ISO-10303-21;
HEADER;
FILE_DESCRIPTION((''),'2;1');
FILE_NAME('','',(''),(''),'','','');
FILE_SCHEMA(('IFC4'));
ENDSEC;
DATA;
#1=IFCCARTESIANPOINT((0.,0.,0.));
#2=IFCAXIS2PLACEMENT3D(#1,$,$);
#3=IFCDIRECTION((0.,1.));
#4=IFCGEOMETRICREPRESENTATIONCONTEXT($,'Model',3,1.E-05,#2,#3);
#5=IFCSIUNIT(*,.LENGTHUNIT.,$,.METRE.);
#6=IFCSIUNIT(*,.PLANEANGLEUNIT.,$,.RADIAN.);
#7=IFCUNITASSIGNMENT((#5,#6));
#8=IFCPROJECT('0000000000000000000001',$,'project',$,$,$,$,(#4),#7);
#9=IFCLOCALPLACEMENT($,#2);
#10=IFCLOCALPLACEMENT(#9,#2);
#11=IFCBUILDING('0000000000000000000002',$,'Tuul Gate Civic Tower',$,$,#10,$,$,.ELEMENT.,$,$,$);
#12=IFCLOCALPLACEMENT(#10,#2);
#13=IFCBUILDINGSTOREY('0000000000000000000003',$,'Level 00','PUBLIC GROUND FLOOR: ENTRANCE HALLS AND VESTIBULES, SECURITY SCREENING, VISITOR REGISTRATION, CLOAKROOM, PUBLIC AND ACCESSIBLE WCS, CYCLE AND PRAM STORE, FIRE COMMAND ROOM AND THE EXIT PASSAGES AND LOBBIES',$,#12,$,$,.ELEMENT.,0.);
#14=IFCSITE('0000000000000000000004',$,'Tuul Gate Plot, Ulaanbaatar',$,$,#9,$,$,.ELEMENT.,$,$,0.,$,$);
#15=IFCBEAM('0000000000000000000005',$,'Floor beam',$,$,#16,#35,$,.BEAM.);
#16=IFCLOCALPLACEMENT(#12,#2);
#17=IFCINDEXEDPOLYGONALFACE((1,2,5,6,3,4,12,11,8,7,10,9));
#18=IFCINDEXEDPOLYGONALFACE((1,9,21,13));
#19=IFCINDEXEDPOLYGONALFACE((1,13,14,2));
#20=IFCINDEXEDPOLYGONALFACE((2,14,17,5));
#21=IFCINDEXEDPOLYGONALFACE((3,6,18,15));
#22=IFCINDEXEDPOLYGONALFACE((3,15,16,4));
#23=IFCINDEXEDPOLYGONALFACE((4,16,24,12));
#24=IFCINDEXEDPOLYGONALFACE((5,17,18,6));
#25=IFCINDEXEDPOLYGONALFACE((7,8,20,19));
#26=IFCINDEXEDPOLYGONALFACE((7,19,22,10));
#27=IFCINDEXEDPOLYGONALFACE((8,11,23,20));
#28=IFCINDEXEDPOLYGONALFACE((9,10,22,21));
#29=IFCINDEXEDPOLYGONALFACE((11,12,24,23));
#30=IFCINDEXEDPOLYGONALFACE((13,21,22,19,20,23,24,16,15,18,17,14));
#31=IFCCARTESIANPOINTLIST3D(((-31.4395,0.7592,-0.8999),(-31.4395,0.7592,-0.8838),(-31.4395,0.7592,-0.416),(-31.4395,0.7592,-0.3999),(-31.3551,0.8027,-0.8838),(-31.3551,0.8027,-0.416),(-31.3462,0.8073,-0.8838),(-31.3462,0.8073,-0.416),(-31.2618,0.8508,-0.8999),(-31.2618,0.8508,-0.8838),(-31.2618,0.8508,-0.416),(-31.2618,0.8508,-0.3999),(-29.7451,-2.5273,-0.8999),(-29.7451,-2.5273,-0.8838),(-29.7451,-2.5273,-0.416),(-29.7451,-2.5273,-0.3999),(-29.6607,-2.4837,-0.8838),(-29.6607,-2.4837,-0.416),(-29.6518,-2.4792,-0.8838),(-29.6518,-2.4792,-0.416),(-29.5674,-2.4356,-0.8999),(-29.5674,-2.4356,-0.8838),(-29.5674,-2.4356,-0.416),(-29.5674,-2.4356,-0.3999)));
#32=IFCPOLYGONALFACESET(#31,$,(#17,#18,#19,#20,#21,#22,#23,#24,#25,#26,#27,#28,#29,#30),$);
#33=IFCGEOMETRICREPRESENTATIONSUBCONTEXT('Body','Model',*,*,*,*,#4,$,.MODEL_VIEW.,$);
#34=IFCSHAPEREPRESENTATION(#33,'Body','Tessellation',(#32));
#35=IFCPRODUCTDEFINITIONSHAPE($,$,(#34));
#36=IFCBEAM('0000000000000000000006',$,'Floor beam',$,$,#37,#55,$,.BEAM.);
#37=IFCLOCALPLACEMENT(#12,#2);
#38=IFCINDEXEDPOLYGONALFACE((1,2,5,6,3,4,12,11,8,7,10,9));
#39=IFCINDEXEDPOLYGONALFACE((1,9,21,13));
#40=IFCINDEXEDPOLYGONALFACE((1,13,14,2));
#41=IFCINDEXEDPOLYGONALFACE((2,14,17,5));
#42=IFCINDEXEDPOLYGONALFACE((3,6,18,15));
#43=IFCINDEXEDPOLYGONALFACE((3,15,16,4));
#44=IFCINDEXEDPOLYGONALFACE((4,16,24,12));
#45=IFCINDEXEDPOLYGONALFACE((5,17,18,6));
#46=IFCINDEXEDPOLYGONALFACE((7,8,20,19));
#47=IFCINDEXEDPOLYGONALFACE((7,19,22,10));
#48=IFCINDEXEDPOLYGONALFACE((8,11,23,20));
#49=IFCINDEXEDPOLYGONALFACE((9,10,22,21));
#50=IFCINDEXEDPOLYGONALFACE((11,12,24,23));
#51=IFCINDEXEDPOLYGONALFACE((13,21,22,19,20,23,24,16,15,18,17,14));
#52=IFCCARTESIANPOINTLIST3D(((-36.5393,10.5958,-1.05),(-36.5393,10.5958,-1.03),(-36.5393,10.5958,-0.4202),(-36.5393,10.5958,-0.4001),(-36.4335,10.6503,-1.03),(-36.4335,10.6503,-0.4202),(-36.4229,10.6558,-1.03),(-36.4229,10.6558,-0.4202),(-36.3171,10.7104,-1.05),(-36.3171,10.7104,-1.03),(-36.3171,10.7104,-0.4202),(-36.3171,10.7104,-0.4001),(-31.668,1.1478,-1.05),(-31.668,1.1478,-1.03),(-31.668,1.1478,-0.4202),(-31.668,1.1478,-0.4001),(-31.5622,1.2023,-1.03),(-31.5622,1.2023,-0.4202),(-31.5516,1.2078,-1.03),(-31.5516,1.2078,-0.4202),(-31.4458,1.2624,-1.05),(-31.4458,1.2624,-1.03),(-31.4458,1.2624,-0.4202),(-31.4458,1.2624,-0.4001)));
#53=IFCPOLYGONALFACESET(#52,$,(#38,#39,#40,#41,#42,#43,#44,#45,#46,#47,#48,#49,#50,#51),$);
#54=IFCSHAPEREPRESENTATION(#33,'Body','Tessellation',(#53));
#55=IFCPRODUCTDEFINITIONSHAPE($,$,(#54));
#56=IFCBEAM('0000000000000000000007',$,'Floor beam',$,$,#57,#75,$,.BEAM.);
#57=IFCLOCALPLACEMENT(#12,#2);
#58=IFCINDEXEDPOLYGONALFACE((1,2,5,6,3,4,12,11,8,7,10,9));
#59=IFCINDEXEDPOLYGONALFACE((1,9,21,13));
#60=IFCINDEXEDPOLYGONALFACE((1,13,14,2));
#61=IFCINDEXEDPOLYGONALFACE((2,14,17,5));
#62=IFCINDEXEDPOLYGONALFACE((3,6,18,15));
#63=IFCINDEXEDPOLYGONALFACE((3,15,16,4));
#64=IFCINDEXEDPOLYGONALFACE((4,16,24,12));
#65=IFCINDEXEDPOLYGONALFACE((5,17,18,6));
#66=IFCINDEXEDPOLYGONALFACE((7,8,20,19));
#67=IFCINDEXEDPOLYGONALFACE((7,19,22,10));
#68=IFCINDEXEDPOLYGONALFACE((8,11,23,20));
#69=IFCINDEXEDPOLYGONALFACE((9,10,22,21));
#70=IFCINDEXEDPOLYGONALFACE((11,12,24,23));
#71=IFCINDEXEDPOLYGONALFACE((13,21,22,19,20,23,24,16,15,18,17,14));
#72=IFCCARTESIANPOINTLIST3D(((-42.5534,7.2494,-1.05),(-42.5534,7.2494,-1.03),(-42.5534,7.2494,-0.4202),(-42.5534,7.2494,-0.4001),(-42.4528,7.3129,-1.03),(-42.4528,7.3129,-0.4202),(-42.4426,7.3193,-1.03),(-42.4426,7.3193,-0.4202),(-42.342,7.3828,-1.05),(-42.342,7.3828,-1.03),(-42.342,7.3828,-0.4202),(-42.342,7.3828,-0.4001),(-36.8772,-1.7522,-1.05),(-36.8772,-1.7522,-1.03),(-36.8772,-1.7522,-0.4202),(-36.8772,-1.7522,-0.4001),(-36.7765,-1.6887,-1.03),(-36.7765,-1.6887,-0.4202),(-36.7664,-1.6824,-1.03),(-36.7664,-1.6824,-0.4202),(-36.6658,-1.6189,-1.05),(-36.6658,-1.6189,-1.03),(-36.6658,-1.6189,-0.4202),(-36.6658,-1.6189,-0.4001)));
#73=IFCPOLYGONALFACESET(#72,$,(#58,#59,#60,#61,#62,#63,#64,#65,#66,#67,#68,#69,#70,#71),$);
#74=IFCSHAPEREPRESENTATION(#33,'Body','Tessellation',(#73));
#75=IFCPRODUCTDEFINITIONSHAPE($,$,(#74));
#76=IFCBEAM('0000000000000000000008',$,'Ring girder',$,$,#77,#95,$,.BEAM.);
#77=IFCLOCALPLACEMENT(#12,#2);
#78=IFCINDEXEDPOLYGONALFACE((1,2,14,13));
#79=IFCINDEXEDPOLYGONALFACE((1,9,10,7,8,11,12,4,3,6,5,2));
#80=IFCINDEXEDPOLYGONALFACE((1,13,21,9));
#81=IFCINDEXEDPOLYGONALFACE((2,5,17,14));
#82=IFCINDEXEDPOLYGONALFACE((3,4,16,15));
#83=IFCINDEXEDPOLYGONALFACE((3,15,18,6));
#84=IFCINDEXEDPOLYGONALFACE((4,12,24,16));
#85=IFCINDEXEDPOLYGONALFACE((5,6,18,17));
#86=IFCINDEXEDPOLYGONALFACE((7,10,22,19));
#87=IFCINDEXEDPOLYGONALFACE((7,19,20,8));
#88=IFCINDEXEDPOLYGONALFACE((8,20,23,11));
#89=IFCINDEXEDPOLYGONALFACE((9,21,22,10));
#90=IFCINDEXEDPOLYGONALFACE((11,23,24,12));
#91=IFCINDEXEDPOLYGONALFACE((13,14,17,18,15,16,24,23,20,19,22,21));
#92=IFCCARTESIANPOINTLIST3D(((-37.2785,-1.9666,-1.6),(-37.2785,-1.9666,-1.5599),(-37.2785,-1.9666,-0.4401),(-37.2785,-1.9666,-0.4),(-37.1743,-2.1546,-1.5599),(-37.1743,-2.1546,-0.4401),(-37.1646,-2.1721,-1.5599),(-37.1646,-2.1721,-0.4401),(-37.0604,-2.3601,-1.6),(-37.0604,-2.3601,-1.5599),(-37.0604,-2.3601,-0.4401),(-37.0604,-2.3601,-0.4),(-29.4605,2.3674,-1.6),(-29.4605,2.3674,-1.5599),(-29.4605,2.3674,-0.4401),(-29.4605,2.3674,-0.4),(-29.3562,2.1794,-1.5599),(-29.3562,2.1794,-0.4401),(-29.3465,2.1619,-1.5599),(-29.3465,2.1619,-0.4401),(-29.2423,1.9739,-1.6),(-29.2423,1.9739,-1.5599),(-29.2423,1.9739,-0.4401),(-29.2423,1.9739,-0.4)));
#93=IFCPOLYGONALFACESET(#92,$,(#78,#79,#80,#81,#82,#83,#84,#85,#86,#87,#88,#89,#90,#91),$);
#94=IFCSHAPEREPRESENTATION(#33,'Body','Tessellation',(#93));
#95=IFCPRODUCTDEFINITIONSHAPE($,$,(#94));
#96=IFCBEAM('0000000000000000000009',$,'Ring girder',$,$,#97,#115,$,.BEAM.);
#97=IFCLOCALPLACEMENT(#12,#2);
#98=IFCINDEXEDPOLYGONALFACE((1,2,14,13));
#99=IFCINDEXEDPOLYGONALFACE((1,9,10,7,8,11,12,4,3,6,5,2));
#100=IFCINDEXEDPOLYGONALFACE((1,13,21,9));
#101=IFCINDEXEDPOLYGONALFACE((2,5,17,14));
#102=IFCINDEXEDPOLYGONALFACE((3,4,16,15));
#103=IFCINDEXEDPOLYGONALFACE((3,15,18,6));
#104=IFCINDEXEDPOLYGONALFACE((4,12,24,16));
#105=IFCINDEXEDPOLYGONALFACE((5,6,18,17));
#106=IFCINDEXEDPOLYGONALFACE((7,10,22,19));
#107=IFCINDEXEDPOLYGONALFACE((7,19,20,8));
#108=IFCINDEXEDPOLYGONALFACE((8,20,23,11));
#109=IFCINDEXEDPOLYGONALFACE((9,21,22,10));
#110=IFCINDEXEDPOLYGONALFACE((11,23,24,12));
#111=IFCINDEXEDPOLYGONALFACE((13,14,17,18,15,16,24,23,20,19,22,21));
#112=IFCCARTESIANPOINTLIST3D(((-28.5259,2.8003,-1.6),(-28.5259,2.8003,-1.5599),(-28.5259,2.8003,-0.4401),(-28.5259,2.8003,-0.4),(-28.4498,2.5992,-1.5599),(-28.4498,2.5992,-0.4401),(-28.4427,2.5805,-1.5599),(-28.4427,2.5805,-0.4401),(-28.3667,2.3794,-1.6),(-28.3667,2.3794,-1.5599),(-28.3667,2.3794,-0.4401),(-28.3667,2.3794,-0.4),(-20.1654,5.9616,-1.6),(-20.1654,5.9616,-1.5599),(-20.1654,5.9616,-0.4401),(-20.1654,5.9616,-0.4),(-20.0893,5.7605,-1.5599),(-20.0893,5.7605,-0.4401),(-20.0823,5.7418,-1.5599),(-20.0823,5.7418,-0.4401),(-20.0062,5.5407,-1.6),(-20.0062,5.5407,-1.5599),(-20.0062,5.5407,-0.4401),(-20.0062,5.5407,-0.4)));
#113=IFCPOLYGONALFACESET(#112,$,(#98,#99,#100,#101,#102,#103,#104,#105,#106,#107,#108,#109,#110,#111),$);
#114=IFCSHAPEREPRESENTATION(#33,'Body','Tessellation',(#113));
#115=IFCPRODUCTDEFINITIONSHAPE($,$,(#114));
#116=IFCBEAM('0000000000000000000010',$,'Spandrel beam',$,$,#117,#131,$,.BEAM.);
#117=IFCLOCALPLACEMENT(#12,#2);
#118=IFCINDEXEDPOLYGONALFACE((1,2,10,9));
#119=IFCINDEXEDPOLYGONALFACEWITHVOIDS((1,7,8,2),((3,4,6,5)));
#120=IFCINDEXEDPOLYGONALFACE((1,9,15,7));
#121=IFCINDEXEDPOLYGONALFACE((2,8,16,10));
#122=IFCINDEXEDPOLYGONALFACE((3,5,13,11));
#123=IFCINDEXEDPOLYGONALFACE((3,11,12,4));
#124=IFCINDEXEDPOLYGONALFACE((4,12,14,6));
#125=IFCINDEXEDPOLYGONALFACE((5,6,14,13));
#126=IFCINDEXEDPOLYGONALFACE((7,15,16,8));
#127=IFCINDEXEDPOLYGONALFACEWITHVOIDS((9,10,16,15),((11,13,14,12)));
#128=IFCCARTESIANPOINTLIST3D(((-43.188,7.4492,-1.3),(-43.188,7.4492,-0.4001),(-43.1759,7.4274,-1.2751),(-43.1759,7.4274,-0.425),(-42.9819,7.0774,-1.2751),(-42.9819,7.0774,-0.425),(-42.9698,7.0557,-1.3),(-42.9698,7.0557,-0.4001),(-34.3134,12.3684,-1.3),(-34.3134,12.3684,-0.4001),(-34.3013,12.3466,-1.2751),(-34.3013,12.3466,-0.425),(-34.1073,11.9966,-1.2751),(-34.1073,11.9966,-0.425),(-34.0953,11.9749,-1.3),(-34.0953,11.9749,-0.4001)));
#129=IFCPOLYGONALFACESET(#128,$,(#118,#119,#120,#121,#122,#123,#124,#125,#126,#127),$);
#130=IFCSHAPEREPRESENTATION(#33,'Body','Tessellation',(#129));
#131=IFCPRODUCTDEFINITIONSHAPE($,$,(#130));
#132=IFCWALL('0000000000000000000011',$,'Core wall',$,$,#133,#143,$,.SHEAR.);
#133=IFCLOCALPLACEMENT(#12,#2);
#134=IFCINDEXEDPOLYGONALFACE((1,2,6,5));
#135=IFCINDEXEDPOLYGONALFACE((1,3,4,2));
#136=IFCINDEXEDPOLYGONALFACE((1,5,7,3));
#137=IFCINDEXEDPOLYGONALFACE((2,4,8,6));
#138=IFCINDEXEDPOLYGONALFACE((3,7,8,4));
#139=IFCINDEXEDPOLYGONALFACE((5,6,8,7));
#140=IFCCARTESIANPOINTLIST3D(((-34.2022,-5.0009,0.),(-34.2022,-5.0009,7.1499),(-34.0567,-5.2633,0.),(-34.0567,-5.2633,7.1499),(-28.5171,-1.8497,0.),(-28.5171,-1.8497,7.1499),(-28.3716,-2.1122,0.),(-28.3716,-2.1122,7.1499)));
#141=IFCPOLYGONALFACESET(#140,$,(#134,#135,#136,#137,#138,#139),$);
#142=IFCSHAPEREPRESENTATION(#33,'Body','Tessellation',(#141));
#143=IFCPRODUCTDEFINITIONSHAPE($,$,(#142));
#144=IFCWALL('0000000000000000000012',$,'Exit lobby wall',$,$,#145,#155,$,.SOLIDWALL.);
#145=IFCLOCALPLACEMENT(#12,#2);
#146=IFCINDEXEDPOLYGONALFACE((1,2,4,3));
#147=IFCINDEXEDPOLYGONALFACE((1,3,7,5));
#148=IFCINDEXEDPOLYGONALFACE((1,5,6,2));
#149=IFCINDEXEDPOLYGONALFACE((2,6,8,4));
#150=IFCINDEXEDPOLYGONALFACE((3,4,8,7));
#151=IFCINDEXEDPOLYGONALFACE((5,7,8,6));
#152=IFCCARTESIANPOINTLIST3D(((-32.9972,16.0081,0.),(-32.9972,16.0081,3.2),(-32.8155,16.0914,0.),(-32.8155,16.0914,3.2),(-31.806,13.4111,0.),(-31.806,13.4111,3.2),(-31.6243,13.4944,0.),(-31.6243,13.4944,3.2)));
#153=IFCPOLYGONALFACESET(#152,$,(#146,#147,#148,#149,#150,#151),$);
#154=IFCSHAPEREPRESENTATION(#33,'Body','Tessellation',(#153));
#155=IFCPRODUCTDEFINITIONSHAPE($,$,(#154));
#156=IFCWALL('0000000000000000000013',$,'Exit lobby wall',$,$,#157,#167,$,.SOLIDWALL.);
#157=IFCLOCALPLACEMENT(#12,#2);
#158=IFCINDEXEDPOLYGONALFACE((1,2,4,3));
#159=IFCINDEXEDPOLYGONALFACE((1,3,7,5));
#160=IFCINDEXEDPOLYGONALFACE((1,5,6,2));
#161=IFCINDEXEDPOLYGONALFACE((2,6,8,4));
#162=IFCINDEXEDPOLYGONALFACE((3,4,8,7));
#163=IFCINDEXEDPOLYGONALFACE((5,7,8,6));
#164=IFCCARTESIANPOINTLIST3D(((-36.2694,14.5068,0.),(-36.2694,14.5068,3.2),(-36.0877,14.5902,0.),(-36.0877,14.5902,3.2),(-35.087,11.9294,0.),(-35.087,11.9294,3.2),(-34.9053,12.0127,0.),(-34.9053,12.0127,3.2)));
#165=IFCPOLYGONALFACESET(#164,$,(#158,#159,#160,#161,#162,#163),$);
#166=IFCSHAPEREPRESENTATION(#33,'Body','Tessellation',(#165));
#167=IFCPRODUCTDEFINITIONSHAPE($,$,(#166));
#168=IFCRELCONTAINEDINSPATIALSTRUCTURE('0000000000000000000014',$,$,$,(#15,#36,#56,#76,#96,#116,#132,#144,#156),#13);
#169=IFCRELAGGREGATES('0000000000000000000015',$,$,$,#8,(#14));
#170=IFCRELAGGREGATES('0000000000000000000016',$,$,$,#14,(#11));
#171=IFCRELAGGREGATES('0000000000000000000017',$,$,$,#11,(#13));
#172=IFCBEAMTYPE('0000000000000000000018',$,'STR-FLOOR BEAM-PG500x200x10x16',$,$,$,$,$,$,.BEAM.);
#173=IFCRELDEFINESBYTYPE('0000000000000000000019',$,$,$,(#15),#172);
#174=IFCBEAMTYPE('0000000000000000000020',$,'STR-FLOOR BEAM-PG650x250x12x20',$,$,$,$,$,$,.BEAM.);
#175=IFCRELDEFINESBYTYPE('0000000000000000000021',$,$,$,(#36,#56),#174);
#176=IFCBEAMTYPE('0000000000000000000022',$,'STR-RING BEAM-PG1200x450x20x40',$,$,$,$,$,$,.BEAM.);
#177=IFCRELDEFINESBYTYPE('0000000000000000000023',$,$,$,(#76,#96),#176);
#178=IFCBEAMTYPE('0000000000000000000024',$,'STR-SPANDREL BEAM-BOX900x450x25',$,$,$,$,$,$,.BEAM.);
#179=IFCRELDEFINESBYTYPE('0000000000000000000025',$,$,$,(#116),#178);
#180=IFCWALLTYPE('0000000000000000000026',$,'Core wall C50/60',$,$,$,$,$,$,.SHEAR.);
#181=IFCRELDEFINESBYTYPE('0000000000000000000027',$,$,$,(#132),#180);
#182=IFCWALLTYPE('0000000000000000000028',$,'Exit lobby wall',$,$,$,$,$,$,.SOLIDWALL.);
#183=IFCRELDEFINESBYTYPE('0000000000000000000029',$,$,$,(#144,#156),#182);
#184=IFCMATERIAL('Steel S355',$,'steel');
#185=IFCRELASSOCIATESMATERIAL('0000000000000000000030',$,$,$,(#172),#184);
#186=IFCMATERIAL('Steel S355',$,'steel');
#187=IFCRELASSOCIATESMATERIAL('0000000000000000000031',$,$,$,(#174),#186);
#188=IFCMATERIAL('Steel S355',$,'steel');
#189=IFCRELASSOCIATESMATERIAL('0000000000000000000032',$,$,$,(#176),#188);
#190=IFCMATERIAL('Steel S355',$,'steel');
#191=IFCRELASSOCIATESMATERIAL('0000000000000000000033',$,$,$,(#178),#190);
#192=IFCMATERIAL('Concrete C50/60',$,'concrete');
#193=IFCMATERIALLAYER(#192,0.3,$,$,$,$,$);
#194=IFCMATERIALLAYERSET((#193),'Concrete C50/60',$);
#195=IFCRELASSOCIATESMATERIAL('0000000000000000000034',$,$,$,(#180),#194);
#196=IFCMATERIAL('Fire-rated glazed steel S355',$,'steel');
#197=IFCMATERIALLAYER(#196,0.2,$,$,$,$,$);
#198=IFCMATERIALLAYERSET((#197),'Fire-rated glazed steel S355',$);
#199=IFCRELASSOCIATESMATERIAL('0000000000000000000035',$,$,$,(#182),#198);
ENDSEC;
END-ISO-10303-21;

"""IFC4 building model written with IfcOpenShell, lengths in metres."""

from ifc_helpers import new_model, si_unit, direction, frame, frame_2d, origin, origin_2d, place, context, subcontext, project, spatial, rectangle, hollow_rectangle, i_section, extrude, material, layer, layer_set, material_profile, profile_set, type_object, element, save


model = new_model("IFC4")

# Units and contexts
model_context = context("Model", 3, precision=1e-05, world=origin(), true_north=direction((0.0, 1.0)))
body_context = subcontext(model_context, "Body", "Model", "MODEL_VIEW")
ifc_project = project(units=[si_unit("LENGTHUNIT", "METRE"), si_unit("PLANEANGLEUNIT", "RADIAN")], contexts=[model_context])

# Site, building, storey
site_placement = place(None, origin())
site = spatial("IfcSite", under=ifc_project, at=site_placement, Name="Tuul Gate Plot, Ulaanbaatar", CompositionType="ELEMENT", RefElevation=0.0)
building_placement = place(site_placement, origin())
building = spatial("IfcBuilding", under=site, at=building_placement, Name="Tuul Gate Civic Tower", CompositionType="ELEMENT")
storey_placement = place(building_placement, origin())
storey = spatial("IfcBuildingStorey", under=building, at=storey_placement, Name="Level 00", Description="PUBLIC GROUND FLOOR: ENTRANCE HALLS AND VESTIBULES, SECURITY SCREENING, VISITOR REGISTRATION, CLOAKROOM, PUBLIC AND ACCESSIBLE WCS, CYCLE AND PRAM STORE, FIRE COMMAND ROOM AND THE EXIT PASSAGES AND LOBBIES", CompositionType="ELEMENT", Elevation=0.0)

# Beams
ifc_material_1 = material(Name="Steel S355", Category="steel")
ifc_material_profile_1 = material_profile(ifc_material_1, i_section(OverallWidth=0.2, OverallDepth=0.5, WebThickness=0.01, FlangeThickness=0.0161, at=origin_2d()), Name="PG500x200x10x16")
ifc_profile_set_1 = profile_set([ifc_material_profile_1], Name="Steel S355")
beam_type_1 = type_object("IfcBeamType", Name="STR-FLOOR BEAM-PG500x200x10x16", PredefinedType="BEAM", material=ifc_profile_set_1)
beam_1_placement = place(storey_placement, frame((-29.6562, -2.4814, -0.6499), z_axis=(-0.458246, 0.888825, 0.0), x_axis=(-0.888825, -0.458246, 0.0)))
element("IfcBeam", 1, at=beam_1_placement, inside=storey, type_object=beam_type_1, Name="Floor beam", PredefinedType="BEAM", context=body_context, shape_type="SweptSolid", body=[
    extrude(i_section(OverallWidth=0.2, OverallDepth=0.5, WebThickness=0.01, FlangeThickness=0.0161, at=origin_2d()), origin(), (0.0, 0.0, 1.0), 3.6975),
])
ifc_material_2 = material(Name="Steel S355", Category="steel")
ifc_material_profile_2 = material_profile(ifc_material_2, i_section(OverallWidth=0.25, OverallDepth=0.6499, WebThickness=0.012, FlangeThickness=0.02, at=origin_2d()), Name="PG650x250x12x20")
ifc_profile_set_2 = profile_set([ifc_material_profile_2], Name="Steel S355")
beam_type_2 = type_object("IfcBeamType", Name="STR-FLOOR BEAM-PG650x250x12x20", PredefinedType="BEAM", material=ifc_profile_set_2)
beam_2_placement = place(storey_placement, frame((-31.5569, 1.2051, -0.7251), z_axis=(-0.458268, 0.888814, 0.0), x_axis=(-0.888814, -0.458268, 0.0)))
element("IfcBeam", 2, at=beam_2_placement, inside=storey, type_object=beam_type_2, Name="Floor beam", PredefinedType="BEAM", context=body_context, shape_type="SweptSolid", body=[
    extrude(i_section(OverallWidth=0.25, OverallDepth=0.6499, WebThickness=0.012, FlangeThickness=0.02, at=origin_2d()), origin(), (0.0, 0.0, 1.0), 10.6299),
])
beam_3_placement = place(storey_placement, frame((-36.7715, -1.6855, -0.7251), z_axis=(-0.533387, 0.845871, 0.0), x_axis=(-0.845871, -0.533387, 0.0)))
element("IfcBeam", 3, at=beam_3_placement, inside=storey, type_object=beam_type_2, Name="Floor beam", PredefinedType="BEAM", context=body_context, shape_type="SweptSolid", body=[
    extrude(i_section(OverallWidth=0.25, OverallDepth=0.6499, WebThickness=0.012, FlangeThickness=0.02, at=origin_2d()), origin(), (0.0, 0.0, 1.0), 10.6418),
])
ifc_material_3 = material(Name="Steel S355", Category="steel")
ifc_material_profile_3 = material_profile(ifc_material_3, i_section(OverallWidth=0.45, OverallDepth=1.2, WebThickness=0.02, FlangeThickness=0.04, at=origin_2d()), Name="PG1200x450x20x40")
ifc_profile_set_3 = profile_set([ifc_material_profile_3], Name="Steel S355")
beam_type_3 = type_object("IfcBeamType", Name="STR-RING BEAM-PG1200x450x20x40", PredefinedType="BEAM", material=ifc_profile_set_3)
beam_4_placement = place(storey_placement, frame((-37.1694, -2.1633, -1.0), z_axis=(0.874604, 0.484838, 0.0), x_axis=(-0.484838, 0.874604, 0.0)))
element("IfcBeam", 4, at=beam_4_placement, inside=storey, type_object=beam_type_3, Name="Ring girder", PredefinedType="BEAM", context=body_context, shape_type="SweptSolid", body=[
    extrude(i_section(OverallWidth=0.45, OverallDepth=1.2, WebThickness=0.02, FlangeThickness=0.04, at=origin_2d()), origin(), (0.0, 0.0, 1.0), 8.939),
])
beam_5_placement = place(storey_placement, frame((-28.4463, 2.5898, -1.0), z_axis=(0.935364, 0.353687, 0.0), x_axis=(-0.353687, 0.935364, 0.0)))
element("IfcBeam", 5, at=beam_5_placement, inside=storey, type_object=beam_type_3, Name="Ring girder", PredefinedType="BEAM", context=body_context, shape_type="SweptSolid", body=[
    extrude(i_section(OverallWidth=0.45, OverallDepth=1.2, WebThickness=0.02, FlangeThickness=0.04, at=origin_2d()), origin(), (0.0, 0.0, 1.0), 8.9382),
])
ifc_material_4 = material(Name="Steel S355", Category="steel")
ifc_material_profile_4 = material_profile(ifc_material_4, hollow_rectangle(XDim=0.45, YDim=0.8999, WallThickness=0.0249, at=origin_2d()), Name="BOX900x450x25")
ifc_profile_set_4 = profile_set([ifc_material_profile_4], Name="Steel S355")
beam_type_4 = type_object("IfcBeamType", Name="STR-SPANDREL BEAM-BOX900x450x25", PredefinedType="BEAM", material=ifc_profile_set_4)
beam_6_placement = place(storey_placement, frame((-34.2043, 12.1716, -0.8501), z_axis=(-0.874621, -0.484807, 0.0), x_axis=(0.484807, -0.874621, 0.0)))
element("IfcBeam", 6, at=beam_6_placement, inside=storey, type_object=beam_type_4, Name="Spandrel beam", PredefinedType="BEAM", context=body_context, shape_type="SweptSolid", body=[
    extrude(hollow_rectangle(XDim=0.45, YDim=0.8999, WallThickness=0.0249, at=origin_2d()), origin(), (0.0, 0.0, 1.0), 10.1467),
])

# Walls
ifc_material_5 = material(Name="Concrete C50/60", Category="concrete")
ifc_layer_1 = layer(ifc_material_5, 0.3)
ifc_layer_set_1 = layer_set([ifc_layer_1], Name="Concrete C50/60")
wall_type_1 = type_object("IfcWallType", Name="Core wall C50/60", PredefinedType="SHEAR", material=ifc_layer_set_1)
wall_1_placement = place(storey_placement, frame((-28.4443, -1.981, 0.0), z_axis=(0.0, 0.0, 1.0), x_axis=(-0.87463, -0.484791, 0.0)))
element("IfcWall", 7, at=wall_1_placement, inside=storey, type_object=wall_type_1, Name="Core wall", PredefinedType="SHEAR", context=body_context, shape_type="SweptSolid", body=[
    extrude(rectangle(XDim=6.5, YDim=0.3, at=frame_2d((3.25, 0.0))), origin(), (0.0, 0.0, 1.0), 7.1499),
])
ifc_material_6 = material(Name="Fire-rated glazed steel S355", Category="steel")
ifc_layer_2 = layer(ifc_material_6, 0.2)
ifc_layer_set_2 = layer_set([ifc_layer_2], Name="Fire-rated glazed steel S355")
wall_type_2 = type_object("IfcWallType", Name="Exit lobby wall", PredefinedType="SOLIDWALL", material=ifc_layer_set_2)
wall_2_placement = place(storey_placement, frame((-31.7151, 13.4526, 0.0), z_axis=(0.0, 0.0, 1.0), x_axis=(-0.416917, 0.908945, 0.0)))
element("IfcWall", 8, at=wall_2_placement, inside=storey, type_object=wall_type_2, Name="Exit lobby wall", PredefinedType="SOLIDWALL", context=body_context, shape_type="SweptSolid", body=[
    extrude(rectangle(XDim=2.8572, YDim=0.2, at=frame_2d((1.4287, 0.0))), origin(), (0.0, 0.0, 1.0), 3.2),
])
wall_3_placement = place(storey_placement, frame((-34.9961, 11.9709, 0.0), z_axis=(0.0, 0.0, 1.0), x_axis=(-0.416966, 0.908922, 0.0)))
element("IfcWall", 9, at=wall_3_placement, inside=storey, type_object=wall_type_2, Name="Exit lobby wall", PredefinedType="SOLIDWALL", context=body_context, shape_type="SweptSolid", body=[
    extrude(rectangle(XDim=2.8357, YDim=0.2, at=frame_2d((1.418, 0.0))), origin(), (0.0, 0.0, 1.0), 3.2),
])

save(model, "model.ifc")
